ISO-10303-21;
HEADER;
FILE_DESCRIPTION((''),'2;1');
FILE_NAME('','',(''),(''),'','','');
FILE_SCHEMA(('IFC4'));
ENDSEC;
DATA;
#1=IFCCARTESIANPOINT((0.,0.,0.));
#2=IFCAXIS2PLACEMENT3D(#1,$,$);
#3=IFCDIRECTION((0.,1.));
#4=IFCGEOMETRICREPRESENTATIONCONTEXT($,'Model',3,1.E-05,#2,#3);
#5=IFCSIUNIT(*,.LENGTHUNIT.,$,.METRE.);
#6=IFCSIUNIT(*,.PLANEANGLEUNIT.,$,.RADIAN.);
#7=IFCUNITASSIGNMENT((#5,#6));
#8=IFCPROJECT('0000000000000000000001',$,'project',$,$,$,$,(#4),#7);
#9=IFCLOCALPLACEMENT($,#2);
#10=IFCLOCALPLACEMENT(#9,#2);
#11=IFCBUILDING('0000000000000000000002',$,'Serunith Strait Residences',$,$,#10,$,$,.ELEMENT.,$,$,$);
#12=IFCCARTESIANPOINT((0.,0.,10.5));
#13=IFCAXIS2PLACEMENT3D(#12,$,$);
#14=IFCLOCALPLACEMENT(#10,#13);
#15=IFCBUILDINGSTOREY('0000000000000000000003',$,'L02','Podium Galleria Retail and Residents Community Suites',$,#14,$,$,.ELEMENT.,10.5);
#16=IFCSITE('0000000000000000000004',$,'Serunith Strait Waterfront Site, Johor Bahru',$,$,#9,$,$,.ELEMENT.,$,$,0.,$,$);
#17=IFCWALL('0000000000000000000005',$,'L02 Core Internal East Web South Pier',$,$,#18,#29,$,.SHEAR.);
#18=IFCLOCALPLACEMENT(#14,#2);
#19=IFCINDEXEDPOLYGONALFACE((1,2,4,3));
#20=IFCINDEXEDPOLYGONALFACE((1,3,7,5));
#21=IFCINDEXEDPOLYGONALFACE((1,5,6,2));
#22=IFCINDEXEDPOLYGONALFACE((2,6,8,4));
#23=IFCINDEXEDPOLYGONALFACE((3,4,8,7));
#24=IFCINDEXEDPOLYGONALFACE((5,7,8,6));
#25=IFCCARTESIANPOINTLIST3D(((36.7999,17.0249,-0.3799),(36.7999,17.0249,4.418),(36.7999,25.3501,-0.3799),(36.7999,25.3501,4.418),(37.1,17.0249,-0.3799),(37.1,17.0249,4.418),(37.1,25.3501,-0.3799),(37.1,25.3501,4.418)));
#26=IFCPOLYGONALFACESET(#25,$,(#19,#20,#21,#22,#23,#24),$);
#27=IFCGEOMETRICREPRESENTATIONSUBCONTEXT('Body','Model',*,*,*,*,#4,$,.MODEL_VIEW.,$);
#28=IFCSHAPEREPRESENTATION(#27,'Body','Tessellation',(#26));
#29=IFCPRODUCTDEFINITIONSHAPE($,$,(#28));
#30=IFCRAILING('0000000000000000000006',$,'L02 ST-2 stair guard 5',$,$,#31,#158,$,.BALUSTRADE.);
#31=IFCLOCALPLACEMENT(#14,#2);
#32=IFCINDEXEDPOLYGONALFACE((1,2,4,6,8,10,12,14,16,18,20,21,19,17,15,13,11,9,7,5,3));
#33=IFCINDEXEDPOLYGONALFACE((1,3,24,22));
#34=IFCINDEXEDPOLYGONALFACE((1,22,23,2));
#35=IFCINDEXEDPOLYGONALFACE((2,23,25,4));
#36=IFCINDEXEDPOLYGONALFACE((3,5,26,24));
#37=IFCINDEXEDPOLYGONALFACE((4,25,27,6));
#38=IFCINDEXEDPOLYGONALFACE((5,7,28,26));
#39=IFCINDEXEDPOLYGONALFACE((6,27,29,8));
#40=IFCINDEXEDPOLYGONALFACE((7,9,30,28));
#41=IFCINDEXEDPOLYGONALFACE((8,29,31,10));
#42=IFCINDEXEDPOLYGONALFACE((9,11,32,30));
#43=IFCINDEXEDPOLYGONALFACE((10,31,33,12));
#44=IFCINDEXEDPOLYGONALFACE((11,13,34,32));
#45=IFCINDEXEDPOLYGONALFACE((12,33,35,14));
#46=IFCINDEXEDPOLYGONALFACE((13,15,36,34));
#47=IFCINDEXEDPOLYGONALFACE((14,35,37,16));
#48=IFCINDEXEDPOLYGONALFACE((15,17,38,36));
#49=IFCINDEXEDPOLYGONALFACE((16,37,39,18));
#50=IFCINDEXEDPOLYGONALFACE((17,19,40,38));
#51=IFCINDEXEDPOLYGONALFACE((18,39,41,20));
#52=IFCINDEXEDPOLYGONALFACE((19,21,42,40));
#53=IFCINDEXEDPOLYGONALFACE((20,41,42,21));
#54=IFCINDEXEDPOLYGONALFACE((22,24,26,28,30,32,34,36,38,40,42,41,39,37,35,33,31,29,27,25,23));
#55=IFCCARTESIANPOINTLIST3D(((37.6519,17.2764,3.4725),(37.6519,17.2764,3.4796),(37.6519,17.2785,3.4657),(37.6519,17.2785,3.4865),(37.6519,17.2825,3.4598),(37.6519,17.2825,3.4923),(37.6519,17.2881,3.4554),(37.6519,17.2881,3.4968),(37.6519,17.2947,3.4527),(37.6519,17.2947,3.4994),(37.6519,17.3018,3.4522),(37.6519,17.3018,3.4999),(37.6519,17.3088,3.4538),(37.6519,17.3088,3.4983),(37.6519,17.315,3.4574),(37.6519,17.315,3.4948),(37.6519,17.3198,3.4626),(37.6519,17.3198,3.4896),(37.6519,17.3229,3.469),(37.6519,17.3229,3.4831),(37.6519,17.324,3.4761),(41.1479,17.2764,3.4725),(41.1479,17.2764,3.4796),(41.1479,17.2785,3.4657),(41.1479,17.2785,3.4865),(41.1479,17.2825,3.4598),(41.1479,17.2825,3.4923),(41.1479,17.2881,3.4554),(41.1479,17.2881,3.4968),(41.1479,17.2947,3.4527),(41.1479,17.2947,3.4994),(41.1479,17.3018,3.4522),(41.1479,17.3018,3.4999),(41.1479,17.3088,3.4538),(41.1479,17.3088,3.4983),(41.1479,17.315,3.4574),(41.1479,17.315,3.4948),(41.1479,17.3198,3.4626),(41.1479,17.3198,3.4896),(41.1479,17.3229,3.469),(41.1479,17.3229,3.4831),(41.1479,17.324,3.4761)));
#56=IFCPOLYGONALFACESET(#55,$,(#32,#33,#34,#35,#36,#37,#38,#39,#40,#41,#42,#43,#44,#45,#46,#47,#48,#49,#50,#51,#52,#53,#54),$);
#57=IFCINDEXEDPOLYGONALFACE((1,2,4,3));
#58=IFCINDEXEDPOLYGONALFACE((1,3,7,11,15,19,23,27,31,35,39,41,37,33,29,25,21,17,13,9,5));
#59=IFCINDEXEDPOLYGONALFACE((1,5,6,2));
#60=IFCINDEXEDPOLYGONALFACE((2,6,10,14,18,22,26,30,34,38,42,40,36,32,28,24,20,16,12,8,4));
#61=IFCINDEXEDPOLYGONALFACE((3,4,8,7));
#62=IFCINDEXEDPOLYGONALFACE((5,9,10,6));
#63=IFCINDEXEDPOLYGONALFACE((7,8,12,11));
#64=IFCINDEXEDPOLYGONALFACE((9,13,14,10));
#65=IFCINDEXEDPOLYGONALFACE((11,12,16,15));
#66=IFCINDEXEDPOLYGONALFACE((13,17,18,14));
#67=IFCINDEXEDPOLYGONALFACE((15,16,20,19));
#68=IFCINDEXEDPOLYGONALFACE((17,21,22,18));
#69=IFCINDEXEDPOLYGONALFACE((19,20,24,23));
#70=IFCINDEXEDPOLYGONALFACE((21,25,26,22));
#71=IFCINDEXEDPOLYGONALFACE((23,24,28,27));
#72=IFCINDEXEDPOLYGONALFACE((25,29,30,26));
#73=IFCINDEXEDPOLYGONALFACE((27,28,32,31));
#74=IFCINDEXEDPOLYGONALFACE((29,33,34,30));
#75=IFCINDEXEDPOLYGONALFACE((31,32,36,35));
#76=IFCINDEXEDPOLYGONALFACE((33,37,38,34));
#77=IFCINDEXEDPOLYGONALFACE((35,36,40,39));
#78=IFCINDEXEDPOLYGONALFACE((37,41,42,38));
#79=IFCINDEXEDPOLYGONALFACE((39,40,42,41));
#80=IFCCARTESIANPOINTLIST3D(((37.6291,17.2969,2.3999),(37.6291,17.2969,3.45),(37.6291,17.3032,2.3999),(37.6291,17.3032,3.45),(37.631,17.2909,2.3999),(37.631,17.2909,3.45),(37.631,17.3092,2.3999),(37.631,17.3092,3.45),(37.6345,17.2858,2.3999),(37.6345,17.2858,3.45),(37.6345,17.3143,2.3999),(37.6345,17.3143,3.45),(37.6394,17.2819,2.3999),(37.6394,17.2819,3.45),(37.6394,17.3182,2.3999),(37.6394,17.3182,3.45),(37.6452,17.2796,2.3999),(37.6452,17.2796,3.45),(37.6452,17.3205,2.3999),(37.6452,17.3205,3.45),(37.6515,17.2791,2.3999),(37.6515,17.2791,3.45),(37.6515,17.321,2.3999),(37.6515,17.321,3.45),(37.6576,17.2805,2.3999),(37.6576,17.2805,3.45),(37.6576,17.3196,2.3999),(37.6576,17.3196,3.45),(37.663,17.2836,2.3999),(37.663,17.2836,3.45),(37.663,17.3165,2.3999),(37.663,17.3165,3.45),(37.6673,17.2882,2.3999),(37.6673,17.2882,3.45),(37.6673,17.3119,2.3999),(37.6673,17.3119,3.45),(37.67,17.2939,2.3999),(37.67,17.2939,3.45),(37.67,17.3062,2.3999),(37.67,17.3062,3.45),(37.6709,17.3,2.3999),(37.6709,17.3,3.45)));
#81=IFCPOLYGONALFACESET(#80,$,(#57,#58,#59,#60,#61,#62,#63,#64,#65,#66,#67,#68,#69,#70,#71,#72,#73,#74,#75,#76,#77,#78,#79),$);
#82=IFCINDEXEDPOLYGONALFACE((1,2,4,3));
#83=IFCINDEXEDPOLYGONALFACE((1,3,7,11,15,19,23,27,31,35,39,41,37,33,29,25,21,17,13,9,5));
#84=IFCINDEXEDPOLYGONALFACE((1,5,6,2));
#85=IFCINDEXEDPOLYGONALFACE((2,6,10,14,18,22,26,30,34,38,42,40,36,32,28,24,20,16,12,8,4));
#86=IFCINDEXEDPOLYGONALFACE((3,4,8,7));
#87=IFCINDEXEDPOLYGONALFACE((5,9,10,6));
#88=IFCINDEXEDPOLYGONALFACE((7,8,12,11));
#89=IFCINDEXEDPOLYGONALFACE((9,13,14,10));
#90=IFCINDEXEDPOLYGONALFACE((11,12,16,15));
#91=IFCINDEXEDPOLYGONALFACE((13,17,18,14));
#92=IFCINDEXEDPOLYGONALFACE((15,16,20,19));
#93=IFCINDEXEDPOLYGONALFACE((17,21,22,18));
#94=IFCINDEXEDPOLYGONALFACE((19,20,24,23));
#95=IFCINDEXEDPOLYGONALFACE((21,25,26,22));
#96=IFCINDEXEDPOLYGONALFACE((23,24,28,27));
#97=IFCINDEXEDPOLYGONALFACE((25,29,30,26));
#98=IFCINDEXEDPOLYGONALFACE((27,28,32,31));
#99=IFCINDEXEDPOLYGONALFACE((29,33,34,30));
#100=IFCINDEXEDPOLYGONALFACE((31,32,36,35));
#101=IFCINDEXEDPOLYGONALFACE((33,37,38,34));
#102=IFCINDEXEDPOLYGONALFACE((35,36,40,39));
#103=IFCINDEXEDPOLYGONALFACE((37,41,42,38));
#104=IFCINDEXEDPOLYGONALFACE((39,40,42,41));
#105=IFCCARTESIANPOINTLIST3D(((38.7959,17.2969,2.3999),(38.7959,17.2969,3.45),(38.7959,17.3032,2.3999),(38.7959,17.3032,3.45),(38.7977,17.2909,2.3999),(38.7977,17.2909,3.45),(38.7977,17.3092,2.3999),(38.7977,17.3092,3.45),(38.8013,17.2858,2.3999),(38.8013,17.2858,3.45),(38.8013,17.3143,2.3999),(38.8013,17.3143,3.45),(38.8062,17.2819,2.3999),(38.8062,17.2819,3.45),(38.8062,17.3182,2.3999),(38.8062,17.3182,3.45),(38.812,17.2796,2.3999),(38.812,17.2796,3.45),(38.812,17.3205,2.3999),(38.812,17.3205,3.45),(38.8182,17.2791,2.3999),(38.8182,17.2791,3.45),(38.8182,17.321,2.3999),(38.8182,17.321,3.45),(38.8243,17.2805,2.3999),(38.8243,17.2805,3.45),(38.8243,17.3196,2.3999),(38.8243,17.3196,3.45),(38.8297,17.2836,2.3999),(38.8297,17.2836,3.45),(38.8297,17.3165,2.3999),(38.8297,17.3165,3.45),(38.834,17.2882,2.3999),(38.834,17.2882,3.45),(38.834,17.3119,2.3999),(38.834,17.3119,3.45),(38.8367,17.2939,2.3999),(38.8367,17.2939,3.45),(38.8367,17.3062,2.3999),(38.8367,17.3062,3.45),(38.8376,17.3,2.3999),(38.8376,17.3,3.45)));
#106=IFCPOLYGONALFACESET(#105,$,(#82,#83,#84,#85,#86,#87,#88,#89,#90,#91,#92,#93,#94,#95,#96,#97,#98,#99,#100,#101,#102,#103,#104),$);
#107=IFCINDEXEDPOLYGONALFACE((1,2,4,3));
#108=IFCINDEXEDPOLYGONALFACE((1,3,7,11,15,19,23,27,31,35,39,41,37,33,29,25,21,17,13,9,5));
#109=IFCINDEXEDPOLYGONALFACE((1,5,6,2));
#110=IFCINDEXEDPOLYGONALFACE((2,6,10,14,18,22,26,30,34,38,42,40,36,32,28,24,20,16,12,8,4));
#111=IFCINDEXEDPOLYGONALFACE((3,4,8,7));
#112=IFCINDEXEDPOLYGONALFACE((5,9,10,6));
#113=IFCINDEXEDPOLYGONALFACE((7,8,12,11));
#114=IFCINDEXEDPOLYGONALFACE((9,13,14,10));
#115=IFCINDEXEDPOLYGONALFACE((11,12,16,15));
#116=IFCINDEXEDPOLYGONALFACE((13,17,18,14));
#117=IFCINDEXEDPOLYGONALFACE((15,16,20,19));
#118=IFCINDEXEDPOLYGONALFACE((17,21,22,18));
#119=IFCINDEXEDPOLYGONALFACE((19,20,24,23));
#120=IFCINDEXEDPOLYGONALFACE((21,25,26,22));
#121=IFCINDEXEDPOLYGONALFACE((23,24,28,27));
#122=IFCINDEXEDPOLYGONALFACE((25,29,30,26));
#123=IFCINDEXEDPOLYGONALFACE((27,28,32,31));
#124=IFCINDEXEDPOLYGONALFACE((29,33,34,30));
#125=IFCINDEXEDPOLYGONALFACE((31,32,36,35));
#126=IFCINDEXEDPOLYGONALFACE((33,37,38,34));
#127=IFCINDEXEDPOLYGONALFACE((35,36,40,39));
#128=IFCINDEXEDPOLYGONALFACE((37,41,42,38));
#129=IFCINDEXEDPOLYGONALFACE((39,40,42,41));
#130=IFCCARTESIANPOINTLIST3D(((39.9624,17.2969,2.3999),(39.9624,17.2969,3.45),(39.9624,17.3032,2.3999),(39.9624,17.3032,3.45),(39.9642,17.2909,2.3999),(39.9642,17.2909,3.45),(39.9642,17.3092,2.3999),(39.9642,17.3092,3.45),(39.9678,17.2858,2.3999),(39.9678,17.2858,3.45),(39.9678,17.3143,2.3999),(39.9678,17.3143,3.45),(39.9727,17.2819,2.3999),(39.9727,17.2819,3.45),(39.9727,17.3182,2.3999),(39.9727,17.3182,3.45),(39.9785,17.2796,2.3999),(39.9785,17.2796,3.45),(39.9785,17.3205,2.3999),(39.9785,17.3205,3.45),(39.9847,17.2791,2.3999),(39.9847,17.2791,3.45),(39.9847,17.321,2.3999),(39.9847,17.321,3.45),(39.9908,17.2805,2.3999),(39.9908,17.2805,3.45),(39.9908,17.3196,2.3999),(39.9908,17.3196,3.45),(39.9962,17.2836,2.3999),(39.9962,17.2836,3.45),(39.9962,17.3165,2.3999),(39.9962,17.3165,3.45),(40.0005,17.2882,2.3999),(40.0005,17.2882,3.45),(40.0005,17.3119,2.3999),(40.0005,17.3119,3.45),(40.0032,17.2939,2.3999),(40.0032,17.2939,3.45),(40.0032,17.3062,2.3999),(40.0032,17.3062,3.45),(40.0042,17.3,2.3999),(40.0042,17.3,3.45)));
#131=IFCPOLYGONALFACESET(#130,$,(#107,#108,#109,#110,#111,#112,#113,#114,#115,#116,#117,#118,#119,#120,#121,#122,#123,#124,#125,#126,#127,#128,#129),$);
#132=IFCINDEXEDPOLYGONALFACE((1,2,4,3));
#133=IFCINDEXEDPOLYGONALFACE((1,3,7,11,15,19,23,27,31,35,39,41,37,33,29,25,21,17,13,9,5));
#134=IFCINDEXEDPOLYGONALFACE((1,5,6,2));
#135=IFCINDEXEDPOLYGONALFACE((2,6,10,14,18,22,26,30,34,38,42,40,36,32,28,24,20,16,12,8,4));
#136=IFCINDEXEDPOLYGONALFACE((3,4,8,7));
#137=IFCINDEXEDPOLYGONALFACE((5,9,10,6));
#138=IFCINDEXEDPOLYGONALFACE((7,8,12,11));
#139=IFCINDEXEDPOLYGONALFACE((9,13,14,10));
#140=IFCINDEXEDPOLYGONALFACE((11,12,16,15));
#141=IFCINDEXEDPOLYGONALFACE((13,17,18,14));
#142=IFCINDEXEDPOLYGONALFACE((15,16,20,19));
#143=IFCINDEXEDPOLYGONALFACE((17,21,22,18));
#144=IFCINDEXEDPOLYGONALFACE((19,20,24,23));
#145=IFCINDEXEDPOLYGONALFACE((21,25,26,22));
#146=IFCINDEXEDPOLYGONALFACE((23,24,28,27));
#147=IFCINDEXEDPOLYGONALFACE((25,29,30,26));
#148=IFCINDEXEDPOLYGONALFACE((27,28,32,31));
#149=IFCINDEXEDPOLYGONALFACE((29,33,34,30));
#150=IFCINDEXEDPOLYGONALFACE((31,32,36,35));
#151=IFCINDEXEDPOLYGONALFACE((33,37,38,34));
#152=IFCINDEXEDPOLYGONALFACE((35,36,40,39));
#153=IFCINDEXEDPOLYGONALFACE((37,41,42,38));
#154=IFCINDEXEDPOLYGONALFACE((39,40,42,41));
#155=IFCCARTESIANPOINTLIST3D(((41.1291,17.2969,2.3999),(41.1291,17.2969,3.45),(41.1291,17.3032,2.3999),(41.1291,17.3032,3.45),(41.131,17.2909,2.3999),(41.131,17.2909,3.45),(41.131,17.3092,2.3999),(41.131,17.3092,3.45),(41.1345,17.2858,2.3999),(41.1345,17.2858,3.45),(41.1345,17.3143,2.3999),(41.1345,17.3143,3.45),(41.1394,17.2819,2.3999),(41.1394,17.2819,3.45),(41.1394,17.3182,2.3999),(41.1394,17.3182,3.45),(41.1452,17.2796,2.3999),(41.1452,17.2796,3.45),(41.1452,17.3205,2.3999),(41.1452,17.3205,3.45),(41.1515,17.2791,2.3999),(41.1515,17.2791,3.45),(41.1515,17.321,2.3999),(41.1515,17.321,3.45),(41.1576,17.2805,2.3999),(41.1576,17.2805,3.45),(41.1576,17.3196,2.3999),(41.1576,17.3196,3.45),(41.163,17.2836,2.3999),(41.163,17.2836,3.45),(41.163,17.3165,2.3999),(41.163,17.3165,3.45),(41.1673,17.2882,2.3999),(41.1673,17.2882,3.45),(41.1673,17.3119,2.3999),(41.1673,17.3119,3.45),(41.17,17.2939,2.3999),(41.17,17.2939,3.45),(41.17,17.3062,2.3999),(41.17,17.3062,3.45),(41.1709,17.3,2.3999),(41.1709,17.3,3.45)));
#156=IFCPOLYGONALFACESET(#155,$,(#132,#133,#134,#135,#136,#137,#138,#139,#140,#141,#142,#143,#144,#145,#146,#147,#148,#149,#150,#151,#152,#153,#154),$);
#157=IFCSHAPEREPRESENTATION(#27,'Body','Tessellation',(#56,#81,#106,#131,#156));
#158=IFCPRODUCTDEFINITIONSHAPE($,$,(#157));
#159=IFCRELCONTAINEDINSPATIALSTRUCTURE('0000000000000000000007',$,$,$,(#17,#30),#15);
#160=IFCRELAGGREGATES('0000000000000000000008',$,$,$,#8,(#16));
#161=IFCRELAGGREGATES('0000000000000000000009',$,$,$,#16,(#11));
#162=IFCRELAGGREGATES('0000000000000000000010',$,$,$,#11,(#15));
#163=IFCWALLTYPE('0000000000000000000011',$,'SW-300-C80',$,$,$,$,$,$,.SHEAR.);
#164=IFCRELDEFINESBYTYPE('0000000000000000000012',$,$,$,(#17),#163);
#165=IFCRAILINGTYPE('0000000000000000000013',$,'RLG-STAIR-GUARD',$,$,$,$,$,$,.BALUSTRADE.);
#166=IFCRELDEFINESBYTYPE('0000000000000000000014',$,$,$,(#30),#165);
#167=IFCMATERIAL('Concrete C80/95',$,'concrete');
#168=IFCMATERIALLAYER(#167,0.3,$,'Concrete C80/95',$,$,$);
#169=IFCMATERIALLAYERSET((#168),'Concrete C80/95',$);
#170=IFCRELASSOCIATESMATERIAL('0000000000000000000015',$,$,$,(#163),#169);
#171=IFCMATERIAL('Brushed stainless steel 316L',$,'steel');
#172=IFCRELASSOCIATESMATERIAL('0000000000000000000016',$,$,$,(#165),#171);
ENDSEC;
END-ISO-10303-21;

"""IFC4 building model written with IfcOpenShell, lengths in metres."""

from ifc_helpers import new_model, si_unit, direction, frame, frame_2d, origin, origin_2d, place, context, subcontext, project, spatial, rectangle, circle, extrude, material, layer, layer_set, type_object, element, save


model = new_model("IFC4")

# Units and contexts
model_context = context("Model", 3, precision=1e-05, world=origin(), true_north=direction((0.0, 1.0)))
body_context = subcontext(model_context, "Body", "Model", "MODEL_VIEW")
ifc_project = project(units=[si_unit("LENGTHUNIT", "METRE"), si_unit("PLANEANGLEUNIT", "RADIAN")], contexts=[model_context])

# Site, building, storey
site_placement = place(None, origin())
site = spatial("IfcSite", under=ifc_project, at=site_placement, Name="Serunith Strait Waterfront Site, Johor Bahru", CompositionType="ELEMENT", RefElevation=0.0)
building_placement = place(site_placement, origin())
building = spatial("IfcBuilding", under=site, at=building_placement, Name="Serunith Strait Residences", CompositionType="ELEMENT")
storey_placement = place(building_placement, frame((0.0, 0.0, 10.5)))
storey = spatial("IfcBuildingStorey", under=building, at=storey_placement, Name="L02", Description="Podium Galleria Retail and Residents Community Suites", CompositionType="ELEMENT", Elevation=10.5)

# Wall
ifc_material_1 = material(Name="Concrete C80/95", Category="concrete")
ifc_layer_1 = layer(ifc_material_1, 0.3, Name="Concrete C80/95")
ifc_layer_set_1 = layer_set([ifc_layer_1], Name="Concrete C80/95")
wall_type_1 = type_object("IfcWallType", Name="SW-300-C80", PredefinedType="SHEAR", material=ifc_layer_set_1)
wall_1_placement = place(storey_placement, frame((36.95, 17.0249, -0.3799), z_axis=(0.0, 0.0, 1.0), x_axis=(0.0, 1.0, 0.0)))
element("IfcWall", 1, at=wall_1_placement, inside=storey, type_object=wall_type_1, Name="L02 Core Internal East Web South Pier", PredefinedType="SHEAR", context=body_context, shape_type="SweptSolid", body=[
    extrude(rectangle(XDim=8.3252, YDim=0.3, at=frame_2d((4.1626, 0.0))), origin(), (0.0, 0.0, 1.0), 4.7979),
])

# Railing
ifc_material_2 = material(Name="Brushed stainless steel 316L", Category="steel")
railing_type = type_object("IfcRailingType", Name="RLG-STAIR-GUARD", PredefinedType="BALUSTRADE", material=ifc_material_2)
railing_1_placement = place(storey_placement, frame((37.6499, 17.3, 2.3999)))
element("IfcRailing", 2, at=railing_1_placement, inside=storey, type_object=railing_type, Name="L02 ST-2 stair guard 5", PredefinedType="BALUSTRADE", context=body_context, shape_type="SweptSolid", body=[
    extrude(circle(Radius=0.0239, at=origin_2d()), frame((0.002, 0.0, 1.0762), z_axis=(1.0, 0.0, 0.0), x_axis=(0.0, 1.0, 0.0)), (0.0, 0.0, 1.0), 3.4961),
    extrude(circle(Radius=0.021, at=origin_2d()), origin(), (0.0, 0.0, 1.0), 1.05),
    extrude(circle(Radius=0.021, at=origin_2d()), frame((1.1667, 0.0, 0.0)), (0.0, 0.0, 1.0), 1.05),
    extrude(circle(Radius=0.021, at=origin_2d()), frame((2.3333, 0.0, 0.0)), (0.0, 0.0, 1.0), 1.05),
    extrude(circle(Radius=0.021, at=origin_2d()), frame((3.5, 0.0, 0.0)), (0.0, 0.0, 1.0), 1.05),
])

save(model, "model.ifc")
